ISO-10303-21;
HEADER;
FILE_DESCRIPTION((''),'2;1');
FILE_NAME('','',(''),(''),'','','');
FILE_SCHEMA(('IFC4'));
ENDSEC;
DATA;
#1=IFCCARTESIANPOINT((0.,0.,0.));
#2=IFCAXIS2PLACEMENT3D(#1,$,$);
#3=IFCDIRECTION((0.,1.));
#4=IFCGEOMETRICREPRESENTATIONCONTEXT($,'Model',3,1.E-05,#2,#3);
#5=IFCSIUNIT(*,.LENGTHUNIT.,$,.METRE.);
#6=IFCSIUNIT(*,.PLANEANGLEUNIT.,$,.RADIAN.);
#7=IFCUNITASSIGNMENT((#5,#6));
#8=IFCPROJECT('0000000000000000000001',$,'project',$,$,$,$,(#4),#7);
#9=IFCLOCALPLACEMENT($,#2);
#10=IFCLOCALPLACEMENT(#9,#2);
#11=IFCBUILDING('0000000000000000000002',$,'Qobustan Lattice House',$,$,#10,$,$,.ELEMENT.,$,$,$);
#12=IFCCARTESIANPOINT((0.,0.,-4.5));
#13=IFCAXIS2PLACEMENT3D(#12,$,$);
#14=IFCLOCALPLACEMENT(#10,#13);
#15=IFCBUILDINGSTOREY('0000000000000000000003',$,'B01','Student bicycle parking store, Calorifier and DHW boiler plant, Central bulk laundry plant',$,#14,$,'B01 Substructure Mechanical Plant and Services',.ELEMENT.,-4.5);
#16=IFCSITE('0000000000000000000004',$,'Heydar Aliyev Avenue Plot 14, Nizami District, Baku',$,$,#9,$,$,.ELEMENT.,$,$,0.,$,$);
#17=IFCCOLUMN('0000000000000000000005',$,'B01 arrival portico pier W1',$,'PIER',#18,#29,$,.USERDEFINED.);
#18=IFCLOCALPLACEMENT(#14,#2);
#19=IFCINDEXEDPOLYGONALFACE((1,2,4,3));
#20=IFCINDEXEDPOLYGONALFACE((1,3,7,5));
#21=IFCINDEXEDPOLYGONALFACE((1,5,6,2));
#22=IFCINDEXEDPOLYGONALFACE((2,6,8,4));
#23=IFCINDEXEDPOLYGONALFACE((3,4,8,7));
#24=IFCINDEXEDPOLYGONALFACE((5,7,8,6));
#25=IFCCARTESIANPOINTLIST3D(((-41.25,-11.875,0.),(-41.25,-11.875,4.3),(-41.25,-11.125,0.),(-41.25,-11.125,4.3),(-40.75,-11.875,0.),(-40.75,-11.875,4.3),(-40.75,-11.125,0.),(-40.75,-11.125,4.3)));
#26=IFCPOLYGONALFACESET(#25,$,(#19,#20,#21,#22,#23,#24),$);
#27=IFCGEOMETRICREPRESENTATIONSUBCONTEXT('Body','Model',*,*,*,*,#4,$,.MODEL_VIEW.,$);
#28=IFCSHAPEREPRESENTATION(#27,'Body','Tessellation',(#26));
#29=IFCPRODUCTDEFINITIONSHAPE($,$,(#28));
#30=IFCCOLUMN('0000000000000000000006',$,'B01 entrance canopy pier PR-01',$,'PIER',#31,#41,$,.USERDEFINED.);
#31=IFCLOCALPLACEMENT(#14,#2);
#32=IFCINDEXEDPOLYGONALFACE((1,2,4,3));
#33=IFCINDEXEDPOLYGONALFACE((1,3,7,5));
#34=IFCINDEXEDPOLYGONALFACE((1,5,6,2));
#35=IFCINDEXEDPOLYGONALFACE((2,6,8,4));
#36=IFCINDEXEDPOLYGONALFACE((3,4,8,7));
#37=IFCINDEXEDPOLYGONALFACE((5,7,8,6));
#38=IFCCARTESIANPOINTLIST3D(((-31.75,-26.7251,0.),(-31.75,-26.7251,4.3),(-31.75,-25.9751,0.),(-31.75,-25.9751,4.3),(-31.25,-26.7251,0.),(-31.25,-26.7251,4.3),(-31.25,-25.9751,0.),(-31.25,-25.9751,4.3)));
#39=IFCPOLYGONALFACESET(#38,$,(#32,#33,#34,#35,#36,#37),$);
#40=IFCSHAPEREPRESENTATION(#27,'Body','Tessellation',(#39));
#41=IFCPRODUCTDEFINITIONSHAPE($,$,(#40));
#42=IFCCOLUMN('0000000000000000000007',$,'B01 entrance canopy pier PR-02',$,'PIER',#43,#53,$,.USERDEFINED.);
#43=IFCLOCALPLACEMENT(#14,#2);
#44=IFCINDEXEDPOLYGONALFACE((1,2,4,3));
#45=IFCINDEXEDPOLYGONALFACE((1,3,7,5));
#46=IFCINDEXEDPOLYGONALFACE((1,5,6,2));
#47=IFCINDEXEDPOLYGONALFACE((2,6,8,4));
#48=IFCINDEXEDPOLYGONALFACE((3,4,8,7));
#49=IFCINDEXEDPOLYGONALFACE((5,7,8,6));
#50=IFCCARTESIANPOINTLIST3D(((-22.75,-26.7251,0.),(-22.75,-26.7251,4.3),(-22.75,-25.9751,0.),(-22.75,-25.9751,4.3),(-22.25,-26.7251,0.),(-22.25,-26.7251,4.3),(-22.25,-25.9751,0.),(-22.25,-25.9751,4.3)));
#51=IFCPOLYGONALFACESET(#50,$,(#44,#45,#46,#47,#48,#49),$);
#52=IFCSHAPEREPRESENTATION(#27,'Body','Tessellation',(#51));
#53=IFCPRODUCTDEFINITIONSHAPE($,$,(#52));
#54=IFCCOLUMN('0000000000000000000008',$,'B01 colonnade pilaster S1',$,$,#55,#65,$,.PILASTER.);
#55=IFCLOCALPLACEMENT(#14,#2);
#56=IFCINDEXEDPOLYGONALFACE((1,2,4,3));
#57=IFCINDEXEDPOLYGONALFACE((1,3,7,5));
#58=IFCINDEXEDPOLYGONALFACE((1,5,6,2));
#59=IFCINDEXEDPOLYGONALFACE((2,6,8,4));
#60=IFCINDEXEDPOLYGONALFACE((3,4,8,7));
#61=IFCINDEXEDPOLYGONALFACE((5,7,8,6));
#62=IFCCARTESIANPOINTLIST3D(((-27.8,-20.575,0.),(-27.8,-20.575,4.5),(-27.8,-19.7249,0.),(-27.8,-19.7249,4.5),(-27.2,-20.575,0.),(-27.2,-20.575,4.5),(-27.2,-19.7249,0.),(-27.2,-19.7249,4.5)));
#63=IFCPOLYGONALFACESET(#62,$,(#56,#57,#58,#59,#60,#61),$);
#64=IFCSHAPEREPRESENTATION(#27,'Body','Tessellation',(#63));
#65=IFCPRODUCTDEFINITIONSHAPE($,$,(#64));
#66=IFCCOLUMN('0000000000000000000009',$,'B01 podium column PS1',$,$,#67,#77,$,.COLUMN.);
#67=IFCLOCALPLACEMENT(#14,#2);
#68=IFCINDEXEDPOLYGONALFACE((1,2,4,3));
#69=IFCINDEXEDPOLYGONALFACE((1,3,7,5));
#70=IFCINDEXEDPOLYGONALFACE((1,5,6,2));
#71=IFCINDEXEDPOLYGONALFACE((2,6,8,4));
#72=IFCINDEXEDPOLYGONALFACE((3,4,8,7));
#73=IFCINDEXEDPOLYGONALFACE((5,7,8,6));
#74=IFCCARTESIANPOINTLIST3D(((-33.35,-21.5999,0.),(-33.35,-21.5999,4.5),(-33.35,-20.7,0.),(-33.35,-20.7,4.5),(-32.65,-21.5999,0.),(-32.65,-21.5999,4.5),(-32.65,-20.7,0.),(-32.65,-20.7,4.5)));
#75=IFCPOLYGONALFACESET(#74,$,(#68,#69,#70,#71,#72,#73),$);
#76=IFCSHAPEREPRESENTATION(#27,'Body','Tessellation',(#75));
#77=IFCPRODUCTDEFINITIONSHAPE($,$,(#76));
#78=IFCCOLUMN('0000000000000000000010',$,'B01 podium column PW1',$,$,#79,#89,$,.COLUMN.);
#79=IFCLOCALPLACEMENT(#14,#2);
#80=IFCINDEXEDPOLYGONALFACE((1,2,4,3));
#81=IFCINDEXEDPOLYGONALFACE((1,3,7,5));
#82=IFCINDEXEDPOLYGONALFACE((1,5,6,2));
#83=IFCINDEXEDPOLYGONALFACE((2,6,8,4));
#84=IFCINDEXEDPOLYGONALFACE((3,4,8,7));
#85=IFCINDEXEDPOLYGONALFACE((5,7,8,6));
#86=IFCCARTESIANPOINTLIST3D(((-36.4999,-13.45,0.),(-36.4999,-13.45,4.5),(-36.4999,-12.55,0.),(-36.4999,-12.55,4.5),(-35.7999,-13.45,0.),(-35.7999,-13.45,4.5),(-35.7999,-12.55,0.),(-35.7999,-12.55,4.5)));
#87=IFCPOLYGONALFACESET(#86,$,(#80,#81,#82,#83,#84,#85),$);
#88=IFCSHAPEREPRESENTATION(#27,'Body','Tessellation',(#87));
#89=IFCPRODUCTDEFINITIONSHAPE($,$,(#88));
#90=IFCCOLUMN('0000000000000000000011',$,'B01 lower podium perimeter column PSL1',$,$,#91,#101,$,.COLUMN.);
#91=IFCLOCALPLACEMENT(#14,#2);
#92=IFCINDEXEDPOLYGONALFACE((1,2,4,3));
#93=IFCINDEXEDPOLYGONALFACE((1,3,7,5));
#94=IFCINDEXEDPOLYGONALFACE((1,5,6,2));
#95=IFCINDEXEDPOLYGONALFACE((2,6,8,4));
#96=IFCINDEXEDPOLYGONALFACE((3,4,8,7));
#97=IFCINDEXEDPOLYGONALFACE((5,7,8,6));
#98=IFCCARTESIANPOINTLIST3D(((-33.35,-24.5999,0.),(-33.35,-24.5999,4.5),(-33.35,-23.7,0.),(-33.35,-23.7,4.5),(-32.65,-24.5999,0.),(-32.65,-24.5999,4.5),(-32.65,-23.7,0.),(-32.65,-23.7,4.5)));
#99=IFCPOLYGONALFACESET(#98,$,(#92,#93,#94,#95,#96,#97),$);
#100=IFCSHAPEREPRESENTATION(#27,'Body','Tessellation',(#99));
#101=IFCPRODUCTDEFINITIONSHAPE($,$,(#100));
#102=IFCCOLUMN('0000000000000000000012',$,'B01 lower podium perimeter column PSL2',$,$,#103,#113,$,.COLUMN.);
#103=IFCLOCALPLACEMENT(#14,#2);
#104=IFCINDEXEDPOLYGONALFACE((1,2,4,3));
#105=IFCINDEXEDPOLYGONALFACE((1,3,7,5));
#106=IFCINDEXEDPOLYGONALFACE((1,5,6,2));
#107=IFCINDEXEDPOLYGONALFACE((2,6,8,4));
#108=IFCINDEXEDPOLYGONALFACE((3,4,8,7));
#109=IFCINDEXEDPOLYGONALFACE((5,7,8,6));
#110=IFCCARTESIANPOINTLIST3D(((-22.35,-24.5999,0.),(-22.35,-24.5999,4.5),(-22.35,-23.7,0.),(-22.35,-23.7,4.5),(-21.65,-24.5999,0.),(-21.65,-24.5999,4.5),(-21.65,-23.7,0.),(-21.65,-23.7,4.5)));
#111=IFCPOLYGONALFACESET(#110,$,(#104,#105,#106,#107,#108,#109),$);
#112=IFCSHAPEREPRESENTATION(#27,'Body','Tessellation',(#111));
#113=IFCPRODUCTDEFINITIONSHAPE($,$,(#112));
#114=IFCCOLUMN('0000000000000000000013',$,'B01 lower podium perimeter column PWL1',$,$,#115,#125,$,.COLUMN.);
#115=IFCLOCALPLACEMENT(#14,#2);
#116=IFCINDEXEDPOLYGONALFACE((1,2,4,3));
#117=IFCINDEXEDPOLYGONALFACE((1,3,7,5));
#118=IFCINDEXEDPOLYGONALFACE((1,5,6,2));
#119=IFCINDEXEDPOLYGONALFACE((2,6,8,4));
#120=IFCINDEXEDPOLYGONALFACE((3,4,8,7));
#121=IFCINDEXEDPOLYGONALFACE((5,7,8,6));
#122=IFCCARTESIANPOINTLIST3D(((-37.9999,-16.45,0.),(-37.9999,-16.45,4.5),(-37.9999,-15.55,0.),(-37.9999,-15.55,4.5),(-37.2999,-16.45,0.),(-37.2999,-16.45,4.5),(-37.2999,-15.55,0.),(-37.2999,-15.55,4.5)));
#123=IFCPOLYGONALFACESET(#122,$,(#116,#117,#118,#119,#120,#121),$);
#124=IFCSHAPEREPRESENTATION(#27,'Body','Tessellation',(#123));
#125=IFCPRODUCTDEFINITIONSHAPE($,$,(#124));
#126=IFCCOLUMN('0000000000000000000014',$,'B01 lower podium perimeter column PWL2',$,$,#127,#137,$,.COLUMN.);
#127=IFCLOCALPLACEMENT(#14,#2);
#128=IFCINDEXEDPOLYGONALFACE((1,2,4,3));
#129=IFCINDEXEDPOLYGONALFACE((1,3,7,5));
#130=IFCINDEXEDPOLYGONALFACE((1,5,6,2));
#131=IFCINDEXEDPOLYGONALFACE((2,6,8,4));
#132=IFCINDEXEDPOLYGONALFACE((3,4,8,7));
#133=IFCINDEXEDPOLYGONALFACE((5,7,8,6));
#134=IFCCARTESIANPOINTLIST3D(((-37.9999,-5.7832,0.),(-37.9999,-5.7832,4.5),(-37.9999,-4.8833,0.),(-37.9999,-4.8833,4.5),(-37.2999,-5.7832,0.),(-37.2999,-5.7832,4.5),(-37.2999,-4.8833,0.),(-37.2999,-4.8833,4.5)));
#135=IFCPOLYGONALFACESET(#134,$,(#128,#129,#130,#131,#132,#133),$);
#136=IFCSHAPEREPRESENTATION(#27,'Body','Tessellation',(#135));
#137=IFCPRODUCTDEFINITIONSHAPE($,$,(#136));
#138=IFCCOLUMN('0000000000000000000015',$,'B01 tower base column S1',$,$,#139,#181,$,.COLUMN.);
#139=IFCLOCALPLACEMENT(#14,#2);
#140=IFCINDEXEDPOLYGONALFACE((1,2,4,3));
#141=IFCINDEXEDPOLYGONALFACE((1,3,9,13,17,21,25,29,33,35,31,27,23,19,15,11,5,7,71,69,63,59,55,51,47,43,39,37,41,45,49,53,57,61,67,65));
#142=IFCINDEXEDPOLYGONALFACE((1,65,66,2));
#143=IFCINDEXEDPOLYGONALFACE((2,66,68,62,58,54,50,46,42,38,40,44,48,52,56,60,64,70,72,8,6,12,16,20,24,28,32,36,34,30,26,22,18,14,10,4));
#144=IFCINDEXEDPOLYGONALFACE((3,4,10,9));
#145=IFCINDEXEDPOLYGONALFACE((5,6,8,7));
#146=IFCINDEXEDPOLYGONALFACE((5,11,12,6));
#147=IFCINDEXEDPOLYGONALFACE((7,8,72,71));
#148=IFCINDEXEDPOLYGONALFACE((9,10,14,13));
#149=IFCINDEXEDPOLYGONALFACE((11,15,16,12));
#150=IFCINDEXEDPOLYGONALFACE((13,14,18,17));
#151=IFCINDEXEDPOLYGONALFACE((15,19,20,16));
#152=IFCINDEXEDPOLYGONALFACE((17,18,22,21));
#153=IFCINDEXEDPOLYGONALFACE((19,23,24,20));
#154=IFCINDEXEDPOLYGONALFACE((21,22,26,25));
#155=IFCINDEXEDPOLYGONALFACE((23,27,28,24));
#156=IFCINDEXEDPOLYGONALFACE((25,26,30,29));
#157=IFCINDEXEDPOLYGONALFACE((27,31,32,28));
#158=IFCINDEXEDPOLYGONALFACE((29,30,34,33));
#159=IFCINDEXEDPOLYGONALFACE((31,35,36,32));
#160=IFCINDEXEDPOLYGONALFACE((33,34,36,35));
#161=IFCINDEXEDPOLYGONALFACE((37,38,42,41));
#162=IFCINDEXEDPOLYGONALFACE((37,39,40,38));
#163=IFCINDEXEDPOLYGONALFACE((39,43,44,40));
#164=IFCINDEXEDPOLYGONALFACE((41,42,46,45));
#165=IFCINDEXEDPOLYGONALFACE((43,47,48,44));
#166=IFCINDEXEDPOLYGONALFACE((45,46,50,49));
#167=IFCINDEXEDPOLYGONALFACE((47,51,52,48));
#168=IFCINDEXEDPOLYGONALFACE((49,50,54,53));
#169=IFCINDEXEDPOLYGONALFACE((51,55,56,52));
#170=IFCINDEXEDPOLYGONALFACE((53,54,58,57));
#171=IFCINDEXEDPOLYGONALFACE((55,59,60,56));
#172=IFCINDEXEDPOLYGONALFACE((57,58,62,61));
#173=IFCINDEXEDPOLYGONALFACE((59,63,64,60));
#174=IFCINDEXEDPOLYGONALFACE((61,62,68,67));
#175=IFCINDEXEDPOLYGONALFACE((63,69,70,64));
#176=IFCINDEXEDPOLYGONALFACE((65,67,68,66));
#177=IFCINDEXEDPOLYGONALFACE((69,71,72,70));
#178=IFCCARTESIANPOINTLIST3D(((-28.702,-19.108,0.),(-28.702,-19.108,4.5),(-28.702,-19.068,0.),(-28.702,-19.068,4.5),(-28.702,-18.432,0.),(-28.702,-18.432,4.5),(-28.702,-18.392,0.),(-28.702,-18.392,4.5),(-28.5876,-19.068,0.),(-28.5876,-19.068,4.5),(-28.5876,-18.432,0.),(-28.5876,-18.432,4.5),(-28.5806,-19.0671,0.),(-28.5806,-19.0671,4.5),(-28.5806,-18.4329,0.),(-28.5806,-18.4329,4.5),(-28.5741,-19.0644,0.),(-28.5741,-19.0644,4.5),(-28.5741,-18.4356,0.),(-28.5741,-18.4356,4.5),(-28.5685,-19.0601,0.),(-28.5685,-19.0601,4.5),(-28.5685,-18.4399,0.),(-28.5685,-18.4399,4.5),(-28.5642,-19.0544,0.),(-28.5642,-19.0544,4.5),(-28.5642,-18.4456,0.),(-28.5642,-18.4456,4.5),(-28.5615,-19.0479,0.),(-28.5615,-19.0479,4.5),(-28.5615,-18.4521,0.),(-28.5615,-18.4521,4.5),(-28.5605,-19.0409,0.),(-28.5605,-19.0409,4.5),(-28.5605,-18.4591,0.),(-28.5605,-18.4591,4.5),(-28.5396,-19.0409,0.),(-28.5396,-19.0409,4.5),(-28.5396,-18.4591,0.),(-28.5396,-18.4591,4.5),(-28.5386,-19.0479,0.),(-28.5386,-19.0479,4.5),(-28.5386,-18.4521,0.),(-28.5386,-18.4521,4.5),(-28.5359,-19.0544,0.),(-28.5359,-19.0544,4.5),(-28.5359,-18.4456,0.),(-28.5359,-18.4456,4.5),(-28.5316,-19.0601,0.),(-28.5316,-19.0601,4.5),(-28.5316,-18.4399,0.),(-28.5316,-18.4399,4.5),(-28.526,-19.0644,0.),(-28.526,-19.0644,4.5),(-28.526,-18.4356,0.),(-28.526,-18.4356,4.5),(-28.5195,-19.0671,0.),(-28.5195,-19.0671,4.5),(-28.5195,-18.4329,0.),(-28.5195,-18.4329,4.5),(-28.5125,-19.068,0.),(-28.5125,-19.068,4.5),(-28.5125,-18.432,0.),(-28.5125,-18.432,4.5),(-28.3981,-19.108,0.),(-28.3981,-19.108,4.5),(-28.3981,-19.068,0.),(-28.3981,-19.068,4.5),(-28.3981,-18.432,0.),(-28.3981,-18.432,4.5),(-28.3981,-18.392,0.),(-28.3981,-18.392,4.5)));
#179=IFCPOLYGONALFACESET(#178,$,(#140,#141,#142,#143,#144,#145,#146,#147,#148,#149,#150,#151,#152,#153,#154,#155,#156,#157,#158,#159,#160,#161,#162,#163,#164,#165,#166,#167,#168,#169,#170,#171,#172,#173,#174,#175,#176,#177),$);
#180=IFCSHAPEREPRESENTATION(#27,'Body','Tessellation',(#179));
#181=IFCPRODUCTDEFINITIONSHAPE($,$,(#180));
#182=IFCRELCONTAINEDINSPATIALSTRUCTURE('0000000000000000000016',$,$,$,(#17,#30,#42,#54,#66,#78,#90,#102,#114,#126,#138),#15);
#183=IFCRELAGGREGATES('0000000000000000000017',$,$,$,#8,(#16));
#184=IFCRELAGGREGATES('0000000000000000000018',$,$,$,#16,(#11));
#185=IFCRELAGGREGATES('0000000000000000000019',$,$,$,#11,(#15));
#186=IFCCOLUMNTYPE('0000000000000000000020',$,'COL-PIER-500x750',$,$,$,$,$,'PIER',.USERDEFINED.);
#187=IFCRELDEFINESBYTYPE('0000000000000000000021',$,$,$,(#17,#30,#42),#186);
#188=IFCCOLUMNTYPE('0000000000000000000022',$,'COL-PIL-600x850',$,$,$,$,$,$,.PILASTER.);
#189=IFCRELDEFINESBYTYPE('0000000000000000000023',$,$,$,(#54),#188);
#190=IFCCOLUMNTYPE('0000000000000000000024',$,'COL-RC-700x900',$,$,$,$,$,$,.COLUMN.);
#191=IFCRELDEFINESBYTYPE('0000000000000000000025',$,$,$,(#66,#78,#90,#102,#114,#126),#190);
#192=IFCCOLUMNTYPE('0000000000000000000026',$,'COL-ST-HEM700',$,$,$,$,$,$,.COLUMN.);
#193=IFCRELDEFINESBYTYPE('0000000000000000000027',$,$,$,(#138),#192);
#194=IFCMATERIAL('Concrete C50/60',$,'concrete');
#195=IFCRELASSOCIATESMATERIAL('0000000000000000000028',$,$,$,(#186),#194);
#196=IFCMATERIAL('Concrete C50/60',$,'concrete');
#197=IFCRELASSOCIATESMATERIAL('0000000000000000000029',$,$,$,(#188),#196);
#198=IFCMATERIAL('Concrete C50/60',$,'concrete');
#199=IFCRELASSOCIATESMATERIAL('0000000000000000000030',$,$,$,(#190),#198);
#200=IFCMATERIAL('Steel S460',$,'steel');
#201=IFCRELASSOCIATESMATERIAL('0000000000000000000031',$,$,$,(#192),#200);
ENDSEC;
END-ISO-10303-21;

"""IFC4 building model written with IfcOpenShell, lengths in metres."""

from ifc_helpers import new_model, si_unit, direction, frame, origin, origin_2d, place, context, subcontext, project, spatial, rectangle, i_section, extrude, material, material_profile, profile_set, type_object, element, save


model = new_model("IFC4")

# Units and contexts
model_context = context("Model", 3, precision=1e-05, world=origin(), true_north=direction((0.0, 1.0)))
body_context = subcontext(model_context, "Body", "Model", "MODEL_VIEW")
ifc_project = project(units=[si_unit("LENGTHUNIT", "METRE"), si_unit("PLANEANGLEUNIT", "RADIAN")], contexts=[model_context])

# Site, building, storey
site_placement = place(None, origin())
site = spatial("IfcSite", under=ifc_project, at=site_placement, Name="Heydar Aliyev Avenue Plot 14, Nizami District, Baku", CompositionType="ELEMENT", RefElevation=0.0)
building_placement = place(site_placement, origin())
building = spatial("IfcBuilding", under=site, at=building_placement, Name="Qobustan Lattice House", CompositionType="ELEMENT")
storey_placement = place(building_placement, frame((0.0, 0.0, -4.5)))
storey = spatial("IfcBuildingStorey", under=building, at=storey_placement, Name="B01", Description="Student bicycle parking store, Calorifier and DHW boiler plant, Central bulk laundry plant", LongName="B01 Substructure Mechanical Plant and Services", CompositionType="ELEMENT", Elevation=-4.5)

# Columns
ifc_material_1 = material(Name="Concrete C50/60", Category="concrete")
ifc_material_profile_1 = material_profile(ifc_material_1, rectangle(XDim=0.5, YDim=0.75, at=origin_2d()), Name="RC500x750")
ifc_profile_set_1 = profile_set([ifc_material_profile_1], Name="Concrete C50/60")
column_type_1 = type_object("IfcColumnType", Name="COL-PIER-500x750", ElementType="PIER", PredefinedType="USERDEFINED", material=ifc_profile_set_1)
for number, where, z_axis, x_axis, name in (
    (1, (-41.0, -11.5, 0.0), (0.0, 0.0, 1.0), (1.0, 0.0, 0.0), "B01 arrival portico pier W1"),
    (2, (-31.5, -26.3501, 0.0), (0.0, 0.0, 1.0), (1.0, 0.0, 0.0), "B01 entrance canopy pier PR-01"),
    (3, (-22.5, -26.3501, 0.0), (0.0, 0.0, 1.0), (1.0, 0.0, 0.0), "B01 entrance canopy pier PR-02"),
):
    element("IfcColumn", number, at=place(storey_placement, frame(where, z_axis=z_axis, x_axis=x_axis)), inside=storey, type_object=column_type_1, Name=name, ObjectType="PIER", PredefinedType="USERDEFINED", context=body_context, shape_type="SweptSolid", body=[
        extrude(rectangle(XDim=0.5, YDim=0.75, at=origin_2d()), origin(), (0.0, 0.0, 1.0), 4.3),
    ])
ifc_material_2 = material(Name="Concrete C50/60", Category="concrete")
ifc_material_profile_2 = material_profile(ifc_material_2, rectangle(XDim=0.6001, YDim=0.8501, at=origin_2d()), Name="RC600x850")
ifc_profile_set_2 = profile_set([ifc_material_profile_2], Name="Concrete C50/60")
column_type_2 = type_object("IfcColumnType", Name="COL-PIL-600x850", PredefinedType="PILASTER", material=ifc_profile_set_2)
column_placement = place(storey_placement, frame((-27.5, -20.1499, 0.0), z_axis=(0.0, 0.0, 1.0), x_axis=(1.0, 0.0, 0.0)))
element("IfcColumn", 4, at=column_placement, inside=storey, type_object=column_type_2, Name="B01 colonnade pilaster S1", PredefinedType="PILASTER", context=body_context, shape_type="SweptSolid", body=[
    extrude(rectangle(XDim=0.6001, YDim=0.8501, at=origin_2d()), origin(), (0.0, 0.0, 1.0), 4.5),
])
ifc_material_3 = material(Name="Concrete C50/60", Category="concrete")
ifc_material_profile_3 = material_profile(ifc_material_3, rectangle(XDim=0.7, YDim=0.8999, at=origin_2d()), Name="RC700x900")
ifc_profile_set_3 = profile_set([ifc_material_profile_3], Name="Concrete C50/60")
column_type_3 = type_object("IfcColumnType", Name="COL-RC-700x900", PredefinedType="COLUMN", material=ifc_profile_set_3)
for number, where, z_axis, x_axis, name in (
    (5, (-33.0, -21.1499, 0.0), (0.0, 0.0, 1.0), (1.0, 0.0, 0.0), "B01 podium column PS1"),
    (6, (-36.1499, -13.0, 0.0), (0.0, 0.0, 1.0), (1.0, 0.0, 0.0), "B01 podium column PW1"),
    (7, (-33.0, -24.1499, 0.0), (0.0, 0.0, 1.0), (1.0, 0.0, 0.0), "B01 lower podium perimeter column PSL1"),
    (8, (-22.0, -24.1499, 0.0), (0.0, 0.0, 1.0), (1.0, 0.0, 0.0), "B01 lower podium perimeter column PSL2"),
    (9, (-37.6499, -16.0, 0.0), (0.0, 0.0, 1.0), (1.0, 0.0, 0.0), "B01 lower podium perimeter column PWL1"),
    (10, (-37.6499, -5.3333, 0.0), (0.0, 0.0, 1.0), (1.0, 0.0, 0.0), "B01 lower podium perimeter column PWL2"),
):
    element("IfcColumn", number, at=place(storey_placement, frame(where, z_axis=z_axis, x_axis=x_axis)), inside=storey, type_object=column_type_3, Name=name, PredefinedType="COLUMN", context=body_context, shape_type="SweptSolid", body=[
        extrude(rectangle(XDim=0.7, YDim=0.8999, at=origin_2d()), origin(), (0.0, 0.0, 1.0), 4.5),
    ])
ifc_material_4 = material(Name="Steel S460", Category="steel")
ifc_material_profile_4 = material_profile(ifc_material_4, i_section(OverallWidth=0.304, OverallDepth=0.7161, WebThickness=0.021, FlangeThickness=0.04, FilletRadius=0.0271, at=origin_2d()), Name="HEM700")
ifc_profile_set_4 = profile_set([ifc_material_profile_4], Name="Steel S460")
column_type_4 = type_object("IfcColumnType", Name="COL-ST-HEM700", PredefinedType="COLUMN", material=ifc_profile_set_4)
for number, where, z_axis, x_axis, name in (
    (11, (-28.55, -18.75, 0.0), (0.0, 0.0, 1.0), (1.0, 0.0, 0.0), "B01 tower base column S1"),
):
    element("IfcColumn", number, at=place(storey_placement, frame(where, z_axis=z_axis, x_axis=x_axis)), inside=storey, type_object=column_type_4, Name=name, PredefinedType="COLUMN", context=body_context, shape_type="SweptSolid", body=[
        extrude(i_section(OverallWidth=0.304, OverallDepth=0.7161, WebThickness=0.021, FlangeThickness=0.04, FilletRadius=0.0271, at=origin_2d()), origin(), (0.0, 0.0, 1.0), 4.5),
    ])

save(model, "model.ifc")
